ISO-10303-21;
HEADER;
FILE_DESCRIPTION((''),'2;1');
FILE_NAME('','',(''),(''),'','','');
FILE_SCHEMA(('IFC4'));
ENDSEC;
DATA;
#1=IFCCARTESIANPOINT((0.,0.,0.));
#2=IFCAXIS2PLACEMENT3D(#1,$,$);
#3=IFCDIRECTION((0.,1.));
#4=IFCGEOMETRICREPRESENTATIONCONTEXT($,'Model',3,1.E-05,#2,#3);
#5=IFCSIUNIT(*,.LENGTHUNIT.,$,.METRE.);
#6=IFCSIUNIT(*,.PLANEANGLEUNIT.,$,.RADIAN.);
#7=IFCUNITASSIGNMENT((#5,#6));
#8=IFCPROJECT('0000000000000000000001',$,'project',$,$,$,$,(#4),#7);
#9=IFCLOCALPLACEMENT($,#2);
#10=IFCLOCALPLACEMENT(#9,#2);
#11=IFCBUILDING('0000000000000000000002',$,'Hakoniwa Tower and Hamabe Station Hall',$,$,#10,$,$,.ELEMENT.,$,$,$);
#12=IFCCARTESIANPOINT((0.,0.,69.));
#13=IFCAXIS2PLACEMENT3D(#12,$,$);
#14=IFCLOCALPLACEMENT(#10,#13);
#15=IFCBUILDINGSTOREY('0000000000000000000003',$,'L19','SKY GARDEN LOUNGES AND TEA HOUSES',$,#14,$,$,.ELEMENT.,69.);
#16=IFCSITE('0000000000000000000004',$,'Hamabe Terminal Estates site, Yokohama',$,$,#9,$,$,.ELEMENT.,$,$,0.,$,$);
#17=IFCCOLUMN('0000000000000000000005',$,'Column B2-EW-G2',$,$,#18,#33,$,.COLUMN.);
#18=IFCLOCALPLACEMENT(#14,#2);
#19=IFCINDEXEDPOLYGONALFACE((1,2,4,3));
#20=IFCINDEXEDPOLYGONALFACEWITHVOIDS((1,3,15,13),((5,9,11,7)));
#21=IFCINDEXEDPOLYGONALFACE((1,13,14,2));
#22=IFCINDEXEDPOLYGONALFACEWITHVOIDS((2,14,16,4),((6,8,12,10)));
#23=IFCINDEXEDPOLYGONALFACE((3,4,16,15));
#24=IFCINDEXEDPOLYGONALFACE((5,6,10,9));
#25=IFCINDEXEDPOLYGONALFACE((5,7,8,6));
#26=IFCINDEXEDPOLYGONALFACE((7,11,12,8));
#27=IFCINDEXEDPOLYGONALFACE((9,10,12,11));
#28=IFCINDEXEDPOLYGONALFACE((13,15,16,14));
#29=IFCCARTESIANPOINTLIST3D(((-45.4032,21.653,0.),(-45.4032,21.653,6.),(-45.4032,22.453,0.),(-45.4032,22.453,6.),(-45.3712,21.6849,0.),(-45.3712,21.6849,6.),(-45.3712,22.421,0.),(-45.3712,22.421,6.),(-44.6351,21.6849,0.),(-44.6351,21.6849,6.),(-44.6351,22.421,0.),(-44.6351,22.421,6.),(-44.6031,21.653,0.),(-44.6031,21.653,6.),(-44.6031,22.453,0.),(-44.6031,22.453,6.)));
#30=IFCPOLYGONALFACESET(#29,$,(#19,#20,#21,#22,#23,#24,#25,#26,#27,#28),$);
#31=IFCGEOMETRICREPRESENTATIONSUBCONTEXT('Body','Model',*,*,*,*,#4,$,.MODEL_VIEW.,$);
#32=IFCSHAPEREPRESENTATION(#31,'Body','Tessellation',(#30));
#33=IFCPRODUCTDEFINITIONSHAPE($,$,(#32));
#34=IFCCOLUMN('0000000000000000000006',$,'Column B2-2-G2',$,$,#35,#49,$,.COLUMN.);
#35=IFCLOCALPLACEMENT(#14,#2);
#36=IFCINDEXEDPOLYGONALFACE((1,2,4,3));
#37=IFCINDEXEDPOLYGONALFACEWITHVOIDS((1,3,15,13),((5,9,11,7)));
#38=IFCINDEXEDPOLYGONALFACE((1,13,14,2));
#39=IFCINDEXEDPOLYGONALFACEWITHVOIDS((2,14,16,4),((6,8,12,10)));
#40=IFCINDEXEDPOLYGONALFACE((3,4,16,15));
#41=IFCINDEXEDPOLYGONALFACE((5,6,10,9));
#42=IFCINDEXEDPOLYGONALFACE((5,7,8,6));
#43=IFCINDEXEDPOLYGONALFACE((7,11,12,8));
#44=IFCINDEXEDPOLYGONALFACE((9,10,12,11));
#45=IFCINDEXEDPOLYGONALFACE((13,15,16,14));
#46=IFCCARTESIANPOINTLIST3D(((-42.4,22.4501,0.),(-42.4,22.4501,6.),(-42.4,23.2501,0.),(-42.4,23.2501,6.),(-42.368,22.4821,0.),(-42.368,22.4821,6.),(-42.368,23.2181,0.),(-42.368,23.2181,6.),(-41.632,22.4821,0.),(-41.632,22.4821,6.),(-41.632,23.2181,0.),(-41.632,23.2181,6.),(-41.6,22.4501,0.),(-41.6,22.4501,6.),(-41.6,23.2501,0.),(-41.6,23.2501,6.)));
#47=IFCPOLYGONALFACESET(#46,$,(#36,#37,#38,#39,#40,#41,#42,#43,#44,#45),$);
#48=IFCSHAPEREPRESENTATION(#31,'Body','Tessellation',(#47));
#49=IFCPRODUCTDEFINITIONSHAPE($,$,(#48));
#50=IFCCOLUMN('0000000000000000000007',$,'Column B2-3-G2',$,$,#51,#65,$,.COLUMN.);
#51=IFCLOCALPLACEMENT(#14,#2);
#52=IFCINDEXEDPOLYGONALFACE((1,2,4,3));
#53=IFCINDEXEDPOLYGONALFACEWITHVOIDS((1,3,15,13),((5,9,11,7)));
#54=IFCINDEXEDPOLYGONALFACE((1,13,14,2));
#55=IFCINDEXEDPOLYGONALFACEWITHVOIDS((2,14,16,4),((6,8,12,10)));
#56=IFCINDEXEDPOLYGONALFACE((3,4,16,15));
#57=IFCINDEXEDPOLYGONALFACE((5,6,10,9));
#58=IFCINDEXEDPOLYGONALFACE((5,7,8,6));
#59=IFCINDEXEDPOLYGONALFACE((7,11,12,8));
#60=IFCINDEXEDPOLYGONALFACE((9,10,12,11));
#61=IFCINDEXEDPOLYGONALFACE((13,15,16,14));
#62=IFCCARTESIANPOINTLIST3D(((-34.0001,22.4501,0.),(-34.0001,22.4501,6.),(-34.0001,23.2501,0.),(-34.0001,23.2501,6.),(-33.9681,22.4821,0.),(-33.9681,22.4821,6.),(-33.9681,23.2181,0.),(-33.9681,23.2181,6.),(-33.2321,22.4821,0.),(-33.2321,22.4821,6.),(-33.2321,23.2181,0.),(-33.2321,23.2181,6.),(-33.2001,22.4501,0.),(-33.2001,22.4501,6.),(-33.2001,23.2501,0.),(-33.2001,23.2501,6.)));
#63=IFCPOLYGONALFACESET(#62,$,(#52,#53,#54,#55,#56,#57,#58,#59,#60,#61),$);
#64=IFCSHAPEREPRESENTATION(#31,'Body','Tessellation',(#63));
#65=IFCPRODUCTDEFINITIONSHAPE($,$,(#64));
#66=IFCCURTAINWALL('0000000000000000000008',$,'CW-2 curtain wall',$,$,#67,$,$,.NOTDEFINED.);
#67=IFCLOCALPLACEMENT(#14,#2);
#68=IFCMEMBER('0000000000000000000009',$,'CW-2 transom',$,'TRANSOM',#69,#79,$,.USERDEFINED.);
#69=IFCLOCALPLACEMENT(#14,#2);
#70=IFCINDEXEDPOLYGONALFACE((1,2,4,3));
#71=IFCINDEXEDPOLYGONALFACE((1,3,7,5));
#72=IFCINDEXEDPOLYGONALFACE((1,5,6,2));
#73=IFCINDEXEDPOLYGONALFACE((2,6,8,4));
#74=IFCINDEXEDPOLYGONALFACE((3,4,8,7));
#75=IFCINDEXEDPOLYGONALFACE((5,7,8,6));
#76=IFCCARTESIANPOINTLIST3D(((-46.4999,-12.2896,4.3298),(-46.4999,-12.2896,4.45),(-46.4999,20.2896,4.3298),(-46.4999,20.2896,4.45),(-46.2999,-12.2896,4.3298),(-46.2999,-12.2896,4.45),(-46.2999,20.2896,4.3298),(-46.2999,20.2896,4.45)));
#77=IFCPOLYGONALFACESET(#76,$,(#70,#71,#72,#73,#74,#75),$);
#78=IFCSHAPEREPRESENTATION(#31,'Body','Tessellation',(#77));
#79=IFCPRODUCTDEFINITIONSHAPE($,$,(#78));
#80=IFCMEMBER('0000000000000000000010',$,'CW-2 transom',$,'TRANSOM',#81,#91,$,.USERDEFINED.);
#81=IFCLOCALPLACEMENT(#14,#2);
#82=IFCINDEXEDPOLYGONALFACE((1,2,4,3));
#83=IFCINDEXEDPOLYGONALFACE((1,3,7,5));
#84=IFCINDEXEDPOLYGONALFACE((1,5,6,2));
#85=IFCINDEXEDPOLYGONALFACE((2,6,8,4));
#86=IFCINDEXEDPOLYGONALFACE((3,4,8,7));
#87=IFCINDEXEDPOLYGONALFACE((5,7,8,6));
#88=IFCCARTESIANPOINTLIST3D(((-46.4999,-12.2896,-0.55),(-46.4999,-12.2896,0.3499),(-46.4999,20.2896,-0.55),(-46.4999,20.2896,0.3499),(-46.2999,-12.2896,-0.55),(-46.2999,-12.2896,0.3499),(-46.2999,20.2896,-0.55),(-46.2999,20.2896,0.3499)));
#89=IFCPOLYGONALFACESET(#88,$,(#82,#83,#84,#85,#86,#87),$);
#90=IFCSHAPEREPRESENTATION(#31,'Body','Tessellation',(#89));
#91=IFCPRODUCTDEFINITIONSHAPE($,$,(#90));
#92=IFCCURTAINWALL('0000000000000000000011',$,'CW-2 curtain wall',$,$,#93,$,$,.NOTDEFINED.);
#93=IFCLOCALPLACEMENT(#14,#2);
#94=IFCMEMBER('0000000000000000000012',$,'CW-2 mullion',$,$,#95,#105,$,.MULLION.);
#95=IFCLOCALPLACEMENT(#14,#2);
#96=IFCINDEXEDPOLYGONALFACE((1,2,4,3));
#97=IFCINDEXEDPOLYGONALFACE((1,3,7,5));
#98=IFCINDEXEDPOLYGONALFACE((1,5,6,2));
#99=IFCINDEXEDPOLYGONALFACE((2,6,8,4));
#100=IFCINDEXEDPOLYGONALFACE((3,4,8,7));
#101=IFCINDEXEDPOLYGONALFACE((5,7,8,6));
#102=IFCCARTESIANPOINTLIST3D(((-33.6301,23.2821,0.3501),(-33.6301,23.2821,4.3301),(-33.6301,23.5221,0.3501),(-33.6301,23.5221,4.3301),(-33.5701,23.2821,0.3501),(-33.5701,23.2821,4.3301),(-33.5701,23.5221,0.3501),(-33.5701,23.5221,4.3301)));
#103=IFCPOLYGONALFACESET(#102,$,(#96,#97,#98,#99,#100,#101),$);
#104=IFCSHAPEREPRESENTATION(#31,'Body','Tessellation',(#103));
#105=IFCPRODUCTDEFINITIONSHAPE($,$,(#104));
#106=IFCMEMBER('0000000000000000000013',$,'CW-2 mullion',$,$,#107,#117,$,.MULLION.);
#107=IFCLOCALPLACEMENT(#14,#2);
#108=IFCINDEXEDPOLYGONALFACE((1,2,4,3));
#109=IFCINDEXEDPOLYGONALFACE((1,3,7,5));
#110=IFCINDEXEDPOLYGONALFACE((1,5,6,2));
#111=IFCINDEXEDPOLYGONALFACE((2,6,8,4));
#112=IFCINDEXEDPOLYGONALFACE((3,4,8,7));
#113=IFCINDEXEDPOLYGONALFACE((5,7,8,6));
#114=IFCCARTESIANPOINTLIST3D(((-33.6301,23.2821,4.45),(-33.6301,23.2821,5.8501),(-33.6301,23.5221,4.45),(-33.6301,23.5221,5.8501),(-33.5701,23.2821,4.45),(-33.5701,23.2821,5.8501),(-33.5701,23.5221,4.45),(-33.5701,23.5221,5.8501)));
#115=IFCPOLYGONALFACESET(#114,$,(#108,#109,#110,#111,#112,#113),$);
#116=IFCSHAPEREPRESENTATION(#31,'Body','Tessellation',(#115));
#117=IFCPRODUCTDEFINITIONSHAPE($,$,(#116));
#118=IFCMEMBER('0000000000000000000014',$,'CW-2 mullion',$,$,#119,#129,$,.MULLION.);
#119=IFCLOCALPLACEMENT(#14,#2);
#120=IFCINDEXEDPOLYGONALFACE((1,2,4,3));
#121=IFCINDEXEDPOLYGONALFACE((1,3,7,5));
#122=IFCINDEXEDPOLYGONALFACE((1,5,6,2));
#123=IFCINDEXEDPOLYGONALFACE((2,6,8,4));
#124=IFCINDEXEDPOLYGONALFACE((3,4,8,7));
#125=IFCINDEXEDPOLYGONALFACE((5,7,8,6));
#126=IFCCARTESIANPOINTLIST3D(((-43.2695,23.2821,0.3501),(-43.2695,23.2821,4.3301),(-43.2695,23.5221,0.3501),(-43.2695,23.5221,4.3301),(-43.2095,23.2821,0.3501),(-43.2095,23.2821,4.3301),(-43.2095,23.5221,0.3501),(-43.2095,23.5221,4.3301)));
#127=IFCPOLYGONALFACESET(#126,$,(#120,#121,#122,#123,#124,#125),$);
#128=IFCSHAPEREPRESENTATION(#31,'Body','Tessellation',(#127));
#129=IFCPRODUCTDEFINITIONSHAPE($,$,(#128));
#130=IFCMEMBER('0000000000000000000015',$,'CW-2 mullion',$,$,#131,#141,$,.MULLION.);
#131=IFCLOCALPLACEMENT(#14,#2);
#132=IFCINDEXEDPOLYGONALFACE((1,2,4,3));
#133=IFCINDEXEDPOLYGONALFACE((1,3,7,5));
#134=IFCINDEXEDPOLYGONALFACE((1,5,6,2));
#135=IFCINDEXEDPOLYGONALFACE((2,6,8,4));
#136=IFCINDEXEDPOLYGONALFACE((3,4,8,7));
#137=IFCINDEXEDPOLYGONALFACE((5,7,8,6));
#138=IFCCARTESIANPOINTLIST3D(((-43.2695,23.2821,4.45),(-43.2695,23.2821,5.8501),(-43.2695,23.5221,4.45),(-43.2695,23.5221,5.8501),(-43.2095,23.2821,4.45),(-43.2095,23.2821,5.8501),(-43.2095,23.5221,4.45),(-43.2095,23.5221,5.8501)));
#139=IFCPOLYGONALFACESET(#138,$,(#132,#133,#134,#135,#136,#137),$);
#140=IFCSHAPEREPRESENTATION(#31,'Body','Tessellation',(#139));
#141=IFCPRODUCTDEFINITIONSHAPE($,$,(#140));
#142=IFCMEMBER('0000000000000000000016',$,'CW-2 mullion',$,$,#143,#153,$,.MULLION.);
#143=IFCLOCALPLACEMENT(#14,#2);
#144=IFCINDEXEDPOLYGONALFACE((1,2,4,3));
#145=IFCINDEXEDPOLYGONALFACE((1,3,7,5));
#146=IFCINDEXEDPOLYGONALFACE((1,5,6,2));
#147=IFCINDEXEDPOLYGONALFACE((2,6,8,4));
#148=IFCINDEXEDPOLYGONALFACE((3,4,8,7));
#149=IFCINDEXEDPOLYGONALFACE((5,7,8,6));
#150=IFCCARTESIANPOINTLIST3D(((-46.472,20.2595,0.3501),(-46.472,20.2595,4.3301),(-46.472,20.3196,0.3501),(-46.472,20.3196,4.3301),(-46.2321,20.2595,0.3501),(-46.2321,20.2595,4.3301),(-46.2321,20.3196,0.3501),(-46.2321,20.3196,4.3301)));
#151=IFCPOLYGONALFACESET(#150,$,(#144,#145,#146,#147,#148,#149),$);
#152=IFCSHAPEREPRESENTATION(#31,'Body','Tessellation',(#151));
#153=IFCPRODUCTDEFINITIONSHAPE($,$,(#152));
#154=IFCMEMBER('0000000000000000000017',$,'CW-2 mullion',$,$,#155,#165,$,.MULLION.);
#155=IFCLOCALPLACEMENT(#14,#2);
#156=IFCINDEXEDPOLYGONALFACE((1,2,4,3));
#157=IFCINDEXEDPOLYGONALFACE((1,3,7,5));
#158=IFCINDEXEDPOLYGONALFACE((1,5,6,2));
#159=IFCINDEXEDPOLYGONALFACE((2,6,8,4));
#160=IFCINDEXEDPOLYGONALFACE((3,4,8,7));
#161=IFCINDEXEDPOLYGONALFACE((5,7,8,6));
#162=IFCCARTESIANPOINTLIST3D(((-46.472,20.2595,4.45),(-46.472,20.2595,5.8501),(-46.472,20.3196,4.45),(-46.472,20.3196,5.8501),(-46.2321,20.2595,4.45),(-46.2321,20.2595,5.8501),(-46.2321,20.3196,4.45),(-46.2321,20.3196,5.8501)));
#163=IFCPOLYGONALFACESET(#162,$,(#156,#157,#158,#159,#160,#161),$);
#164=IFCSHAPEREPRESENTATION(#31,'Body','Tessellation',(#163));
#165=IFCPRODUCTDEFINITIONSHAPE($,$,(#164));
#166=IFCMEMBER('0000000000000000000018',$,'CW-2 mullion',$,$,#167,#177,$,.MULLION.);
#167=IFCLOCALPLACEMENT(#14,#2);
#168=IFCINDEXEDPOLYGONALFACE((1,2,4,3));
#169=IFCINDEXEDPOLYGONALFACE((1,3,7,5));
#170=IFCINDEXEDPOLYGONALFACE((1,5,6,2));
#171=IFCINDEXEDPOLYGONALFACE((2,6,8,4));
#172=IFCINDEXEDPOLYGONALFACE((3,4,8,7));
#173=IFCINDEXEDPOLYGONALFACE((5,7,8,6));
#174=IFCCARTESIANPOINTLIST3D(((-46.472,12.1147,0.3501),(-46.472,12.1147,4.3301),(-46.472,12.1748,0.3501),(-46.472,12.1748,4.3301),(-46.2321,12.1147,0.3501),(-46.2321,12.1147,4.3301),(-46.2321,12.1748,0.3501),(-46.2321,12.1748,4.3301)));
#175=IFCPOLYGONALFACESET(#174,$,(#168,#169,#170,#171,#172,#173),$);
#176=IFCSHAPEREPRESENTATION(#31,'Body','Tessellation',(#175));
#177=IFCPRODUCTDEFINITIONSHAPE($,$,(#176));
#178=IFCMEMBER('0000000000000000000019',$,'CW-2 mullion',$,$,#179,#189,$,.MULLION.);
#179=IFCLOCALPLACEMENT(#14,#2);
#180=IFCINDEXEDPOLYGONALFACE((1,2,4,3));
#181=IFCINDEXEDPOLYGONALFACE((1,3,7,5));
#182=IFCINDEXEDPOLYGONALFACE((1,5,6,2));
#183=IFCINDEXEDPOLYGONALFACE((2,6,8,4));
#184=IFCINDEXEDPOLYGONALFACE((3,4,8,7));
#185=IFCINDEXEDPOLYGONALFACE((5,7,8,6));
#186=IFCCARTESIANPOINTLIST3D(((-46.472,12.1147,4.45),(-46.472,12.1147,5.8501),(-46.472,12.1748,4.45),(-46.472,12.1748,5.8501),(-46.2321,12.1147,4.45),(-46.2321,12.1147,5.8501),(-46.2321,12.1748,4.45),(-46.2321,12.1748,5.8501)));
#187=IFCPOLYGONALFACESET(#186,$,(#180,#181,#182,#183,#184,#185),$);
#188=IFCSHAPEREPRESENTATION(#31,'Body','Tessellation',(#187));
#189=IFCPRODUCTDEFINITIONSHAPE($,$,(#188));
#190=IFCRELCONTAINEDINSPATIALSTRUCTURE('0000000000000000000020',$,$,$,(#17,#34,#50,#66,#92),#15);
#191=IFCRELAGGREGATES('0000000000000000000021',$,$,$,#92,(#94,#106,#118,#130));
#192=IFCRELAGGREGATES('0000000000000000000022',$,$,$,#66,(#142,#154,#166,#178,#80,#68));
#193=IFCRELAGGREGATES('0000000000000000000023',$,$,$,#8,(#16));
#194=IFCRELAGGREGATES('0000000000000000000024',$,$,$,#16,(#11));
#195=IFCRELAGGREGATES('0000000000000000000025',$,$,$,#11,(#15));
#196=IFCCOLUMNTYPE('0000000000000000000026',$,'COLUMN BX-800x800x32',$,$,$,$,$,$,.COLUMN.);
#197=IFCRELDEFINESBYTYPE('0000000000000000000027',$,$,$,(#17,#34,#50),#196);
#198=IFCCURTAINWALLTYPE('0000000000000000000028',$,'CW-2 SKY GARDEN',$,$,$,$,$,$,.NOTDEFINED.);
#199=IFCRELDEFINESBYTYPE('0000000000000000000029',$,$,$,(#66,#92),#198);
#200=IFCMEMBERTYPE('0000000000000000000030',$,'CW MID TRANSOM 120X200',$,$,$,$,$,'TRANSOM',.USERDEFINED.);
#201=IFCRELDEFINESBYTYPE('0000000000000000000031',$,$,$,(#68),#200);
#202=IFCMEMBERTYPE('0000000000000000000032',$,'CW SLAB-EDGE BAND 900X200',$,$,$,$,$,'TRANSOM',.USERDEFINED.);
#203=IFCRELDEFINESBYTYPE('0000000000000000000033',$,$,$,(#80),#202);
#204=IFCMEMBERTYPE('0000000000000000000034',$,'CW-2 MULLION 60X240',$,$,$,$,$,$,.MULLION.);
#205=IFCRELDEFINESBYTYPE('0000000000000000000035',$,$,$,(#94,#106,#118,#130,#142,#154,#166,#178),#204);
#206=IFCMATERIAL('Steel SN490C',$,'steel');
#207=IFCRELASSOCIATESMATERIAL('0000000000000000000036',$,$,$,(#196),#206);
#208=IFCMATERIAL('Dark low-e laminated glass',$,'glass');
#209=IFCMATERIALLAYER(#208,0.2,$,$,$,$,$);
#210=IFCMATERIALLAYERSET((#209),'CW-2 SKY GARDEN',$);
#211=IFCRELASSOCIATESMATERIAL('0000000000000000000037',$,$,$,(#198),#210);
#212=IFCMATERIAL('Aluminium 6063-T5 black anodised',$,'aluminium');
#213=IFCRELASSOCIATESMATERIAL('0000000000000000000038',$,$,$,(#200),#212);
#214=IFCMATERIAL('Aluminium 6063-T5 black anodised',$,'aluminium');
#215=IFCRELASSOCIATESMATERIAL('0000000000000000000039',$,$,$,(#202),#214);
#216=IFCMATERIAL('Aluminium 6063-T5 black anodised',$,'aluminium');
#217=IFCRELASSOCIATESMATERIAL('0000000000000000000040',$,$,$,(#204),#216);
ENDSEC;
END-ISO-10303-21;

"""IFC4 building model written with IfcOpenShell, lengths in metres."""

from ifc_helpers import new_model, si_unit, direction, frame, origin, origin_2d, place, context, subcontext, project, spatial, rectangle, hollow_rectangle, extrude, material, layer, layer_set, material_profile, profile_set, type_object, element, aggregate, save


model = new_model("IFC4")

# Units and contexts
model_context = context("Model", 3, precision=1e-05, world=origin(), true_north=direction((0.0, 1.0)))
body_context = subcontext(model_context, "Body", "Model", "MODEL_VIEW")
ifc_project = project(units=[si_unit("LENGTHUNIT", "METRE"), si_unit("PLANEANGLEUNIT", "RADIAN")], contexts=[model_context])

# Site, building, storey
site_placement = place(None, origin())
site = spatial("IfcSite", under=ifc_project, at=site_placement, Name="Hamabe Terminal Estates site, Yokohama", CompositionType="ELEMENT", RefElevation=0.0)
building_placement = place(site_placement, origin())
building = spatial("IfcBuilding", under=site, at=building_placement, Name="Hakoniwa Tower and Hamabe Station Hall", CompositionType="ELEMENT")
storey_placement = place(building_placement, frame((0.0, 0.0, 69.0)))
storey = spatial("IfcBuildingStorey", under=building, at=storey_placement, Name="L19", Description="SKY GARDEN LOUNGES AND TEA HOUSES", CompositionType="ELEMENT", Elevation=69.0)

# Columns
ifc_material_1 = material(Name="Steel SN490C", Category="steel")
ifc_material_profile_1 = material_profile(ifc_material_1, hollow_rectangle(XDim=0.8, YDim=0.8, WallThickness=0.032, at=origin_2d()), Name="BX-800x800x32")
ifc_profile_set_1 = profile_set([ifc_material_profile_1], Name="Steel SN490C")
column_type = type_object("IfcColumnType", Name="COLUMN BX-800x800x32", PredefinedType="COLUMN", material=ifc_profile_set_1)
for number, where, z_axis, x_axis, name in (
    (1, (-45.0032, 22.053, 0.0), (0.0, 0.0, 1.0), (1.0, 0.0, 0.0), "Column B2-EW-G2"),
    (2, (-42.0, 22.8501, 0.0), (0.0, 0.0, 1.0), (1.0, 0.0, 0.0), "Column B2-2-G2"),
    (3, (-33.6001, 22.8501, 0.0), (0.0, 0.0, 1.0), (1.0, 0.0, 0.0), "Column B2-3-G2"),
):
    element("IfcColumn", number, at=place(storey_placement, frame(where, z_axis=z_axis, x_axis=x_axis)), inside=storey, type_object=column_type, Name=name, PredefinedType="COLUMN", context=body_context, shape_type="SweptSolid", body=[
        extrude(hollow_rectangle(XDim=0.8, YDim=0.8, WallThickness=0.032, at=origin_2d()), origin(), (0.0, 0.0, 1.0), 6.0),
    ])

# Curtain walls, members
ifc_material_2 = material(Name="Dark low-e laminated glass", Category="glass")
ifc_layer_1 = layer(ifc_material_2, 0.2)
ifc_layer_set_1 = layer_set([ifc_layer_1], Name="CW-2 SKY GARDEN")
curtain_wall_type = type_object("IfcCurtainWallType", Name="CW-2 SKY GARDEN", PredefinedType="NOTDEFINED", material=ifc_layer_set_1)
curtain_wall_1_placement = place(storey_placement, origin())
curtain_wall_1 = element("IfcCurtainWall", 4, at=curtain_wall_1_placement, inside=storey, type_object=curtain_wall_type, Name="CW-2 curtain wall", PredefinedType="NOTDEFINED")
ifc_material_3 = material(Name="Aluminium 6063-T5 black anodised", Category="aluminium")
ifc_material_profile_2 = material_profile(ifc_material_3, rectangle(XDim=0.2, YDim=0.1201, at=origin_2d()), Name="CW MID TRANSOM 120X200")
ifc_profile_set_2 = profile_set([ifc_material_profile_2], Name="Aluminium 6063-T5 black anodised")
member_type_1 = type_object("IfcMemberType", Name="CW MID TRANSOM 120X200", ElementType="TRANSOM", PredefinedType="USERDEFINED", material=ifc_profile_set_2)
member_1_placement = place(storey_placement, frame((-46.3999, 20.2896, 4.3899), z_axis=(0.0, -1.0, 0.0), x_axis=(1.0, 0.0, 0.0)))
member_1 = element("IfcMember", 5, at=member_1_placement, type_object=member_type_1, Name="CW-2 transom", ObjectType="TRANSOM", PredefinedType="USERDEFINED", context=body_context, shape_type="SweptSolid", body=[
    extrude(rectangle(XDim=0.2, YDim=0.1201, at=origin_2d()), origin(), (0.0, 0.0, 1.0), 32.5791),
])
ifc_material_4 = material(Name="Aluminium 6063-T5 black anodised", Category="aluminium")
ifc_material_profile_3 = material_profile(ifc_material_4, rectangle(XDim=0.2, YDim=0.8999, at=origin_2d()), Name="CW SLAB-EDGE BAND 900X200")
ifc_profile_set_3 = profile_set([ifc_material_profile_3], Name="Aluminium 6063-T5 black anodised")
member_type_2 = type_object("IfcMemberType", Name="CW SLAB-EDGE BAND 900X200", ElementType="TRANSOM", PredefinedType="USERDEFINED", material=ifc_profile_set_3)
member_2_placement = place(storey_placement, frame((-46.3999, 20.2896, -0.1001), z_axis=(0.0, -1.0, 0.0), x_axis=(1.0, 0.0, 0.0)))
member_2 = element("IfcMember", 6, at=member_2_placement, type_object=member_type_2, Name="CW-2 transom", ObjectType="TRANSOM", PredefinedType="USERDEFINED", context=body_context, shape_type="SweptSolid", body=[
    extrude(rectangle(XDim=0.2, YDim=0.8999, at=origin_2d()), origin(), (0.0, 0.0, 1.0), 32.5791),
])
curtain_wall_2_placement = place(storey_placement, origin())
curtain_wall_2 = element("IfcCurtainWall", 7, at=curtain_wall_2_placement, inside=storey, type_object=curtain_wall_type, Name="CW-2 curtain wall", PredefinedType="NOTDEFINED")
ifc_material_5 = material(Name="Aluminium 6063-T5 black anodised", Category="aluminium")
ifc_material_profile_4 = material_profile(ifc_material_5, rectangle(XDim=0.0601, YDim=0.24, at=origin_2d()), Name="CW-2 MULLION 60X240")
ifc_profile_set_4 = profile_set([ifc_material_profile_4], Name="Aluminium 6063-T5 black anodised")
member_type_3 = type_object("IfcMemberType", Name="CW-2 MULLION 60X240", PredefinedType="MULLION", material=ifc_profile_set_4)
member_3_placement = place(storey_placement, frame((-33.6001, 23.4021, 0.3501), z_axis=(0.0, 0.0, 1.0), x_axis=(-1.0, 0.0, 0.0)))
member_3 = element("IfcMember", 8, at=member_3_placement, type_object=member_type_3, Name="CW-2 mullion", PredefinedType="MULLION", context=body_context, shape_type="SweptSolid", body=[
    extrude(rectangle(XDim=0.0601, YDim=0.24, at=origin_2d()), origin(), (0.0, 0.0, 1.0), 3.98),
])
member_4_placement = place(storey_placement, frame((-33.6001, 23.4021, 4.45), z_axis=(0.0, 0.0, 1.0), x_axis=(-1.0, 0.0, 0.0)))
member_4 = element("IfcMember", 9, at=member_4_placement, type_object=member_type_3, Name="CW-2 mullion", PredefinedType="MULLION", context=body_context, shape_type="SweptSolid", body=[
    extrude(rectangle(XDim=0.0601, YDim=0.24, at=origin_2d()), origin(), (0.0, 0.0, 1.0), 1.4001),
])
member_5_placement = place(storey_placement, frame((-43.2395, 23.4021, 0.3501), z_axis=(0.0, 0.0, 1.0), x_axis=(-1.0, 0.0, 0.0)))
member_5 = element("IfcMember", 10, at=member_5_placement, type_object=member_type_3, Name="CW-2 mullion", PredefinedType="MULLION", context=body_context, shape_type="SweptSolid", body=[
    extrude(rectangle(XDim=0.0601, YDim=0.24, at=origin_2d()), origin(), (0.0, 0.0, 1.0), 3.98),
])
member_6_placement = place(storey_placement, frame((-43.2395, 23.4021, 4.45), z_axis=(0.0, 0.0, 1.0), x_axis=(-1.0, 0.0, 0.0)))
member_6 = element("IfcMember", 11, at=member_6_placement, type_object=member_type_3, Name="CW-2 mullion", PredefinedType="MULLION", context=body_context, shape_type="SweptSolid", body=[
    extrude(rectangle(XDim=0.0601, YDim=0.24, at=origin_2d()), origin(), (0.0, 0.0, 1.0), 1.4001),
])

# Members
member_7_placement = place(storey_placement, frame((-46.3521, 20.2896, 0.3501), z_axis=(0.0, 0.0, 1.0), x_axis=(0.0, -1.0, 0.0)))
member_7 = element("IfcMember", 12, at=member_7_placement, type_object=member_type_3, Name="CW-2 mullion", PredefinedType="MULLION", context=body_context, shape_type="SweptSolid", body=[
    extrude(rectangle(XDim=0.0601, YDim=0.24, at=origin_2d()), origin(), (0.0, 0.0, 1.0), 3.98),
])
member_8_placement = place(storey_placement, frame((-46.3521, 20.2896, 4.45), z_axis=(0.0, 0.0, 1.0), x_axis=(0.0, -1.0, 0.0)))
member_8 = element("IfcMember", 13, at=member_8_placement, type_object=member_type_3, Name="CW-2 mullion", PredefinedType="MULLION", context=body_context, shape_type="SweptSolid", body=[
    extrude(rectangle(XDim=0.0601, YDim=0.24, at=origin_2d()), origin(), (0.0, 0.0, 1.0), 1.4001),
])
member_9_placement = place(storey_placement, frame((-46.3521, 12.1448, 0.3501), z_axis=(0.0, 0.0, 1.0), x_axis=(0.0, -1.0, 0.0)))
member_9 = element("IfcMember", 14, at=member_9_placement, type_object=member_type_3, Name="CW-2 mullion", PredefinedType="MULLION", context=body_context, shape_type="SweptSolid", body=[
    extrude(rectangle(XDim=0.0601, YDim=0.24, at=origin_2d()), origin(), (0.0, 0.0, 1.0), 3.98),
])
member_10_placement = place(storey_placement, frame((-46.3521, 12.1448, 4.45), z_axis=(0.0, 0.0, 1.0), x_axis=(0.0, -1.0, 0.0)))
member_10 = element("IfcMember", 15, at=member_10_placement, type_object=member_type_3, Name="CW-2 mullion", PredefinedType="MULLION", context=body_context, shape_type="SweptSolid", body=[
    extrude(rectangle(XDim=0.0601, YDim=0.24, at=origin_2d()), origin(), (0.0, 0.0, 1.0), 1.4001),
])

aggregate(curtain_wall_2, [member_3, member_4, member_5, member_6])

aggregate(curtain_wall_1, [member_7, member_8, member_9, member_10, member_2, member_1])

save(model, "model.ifc")
